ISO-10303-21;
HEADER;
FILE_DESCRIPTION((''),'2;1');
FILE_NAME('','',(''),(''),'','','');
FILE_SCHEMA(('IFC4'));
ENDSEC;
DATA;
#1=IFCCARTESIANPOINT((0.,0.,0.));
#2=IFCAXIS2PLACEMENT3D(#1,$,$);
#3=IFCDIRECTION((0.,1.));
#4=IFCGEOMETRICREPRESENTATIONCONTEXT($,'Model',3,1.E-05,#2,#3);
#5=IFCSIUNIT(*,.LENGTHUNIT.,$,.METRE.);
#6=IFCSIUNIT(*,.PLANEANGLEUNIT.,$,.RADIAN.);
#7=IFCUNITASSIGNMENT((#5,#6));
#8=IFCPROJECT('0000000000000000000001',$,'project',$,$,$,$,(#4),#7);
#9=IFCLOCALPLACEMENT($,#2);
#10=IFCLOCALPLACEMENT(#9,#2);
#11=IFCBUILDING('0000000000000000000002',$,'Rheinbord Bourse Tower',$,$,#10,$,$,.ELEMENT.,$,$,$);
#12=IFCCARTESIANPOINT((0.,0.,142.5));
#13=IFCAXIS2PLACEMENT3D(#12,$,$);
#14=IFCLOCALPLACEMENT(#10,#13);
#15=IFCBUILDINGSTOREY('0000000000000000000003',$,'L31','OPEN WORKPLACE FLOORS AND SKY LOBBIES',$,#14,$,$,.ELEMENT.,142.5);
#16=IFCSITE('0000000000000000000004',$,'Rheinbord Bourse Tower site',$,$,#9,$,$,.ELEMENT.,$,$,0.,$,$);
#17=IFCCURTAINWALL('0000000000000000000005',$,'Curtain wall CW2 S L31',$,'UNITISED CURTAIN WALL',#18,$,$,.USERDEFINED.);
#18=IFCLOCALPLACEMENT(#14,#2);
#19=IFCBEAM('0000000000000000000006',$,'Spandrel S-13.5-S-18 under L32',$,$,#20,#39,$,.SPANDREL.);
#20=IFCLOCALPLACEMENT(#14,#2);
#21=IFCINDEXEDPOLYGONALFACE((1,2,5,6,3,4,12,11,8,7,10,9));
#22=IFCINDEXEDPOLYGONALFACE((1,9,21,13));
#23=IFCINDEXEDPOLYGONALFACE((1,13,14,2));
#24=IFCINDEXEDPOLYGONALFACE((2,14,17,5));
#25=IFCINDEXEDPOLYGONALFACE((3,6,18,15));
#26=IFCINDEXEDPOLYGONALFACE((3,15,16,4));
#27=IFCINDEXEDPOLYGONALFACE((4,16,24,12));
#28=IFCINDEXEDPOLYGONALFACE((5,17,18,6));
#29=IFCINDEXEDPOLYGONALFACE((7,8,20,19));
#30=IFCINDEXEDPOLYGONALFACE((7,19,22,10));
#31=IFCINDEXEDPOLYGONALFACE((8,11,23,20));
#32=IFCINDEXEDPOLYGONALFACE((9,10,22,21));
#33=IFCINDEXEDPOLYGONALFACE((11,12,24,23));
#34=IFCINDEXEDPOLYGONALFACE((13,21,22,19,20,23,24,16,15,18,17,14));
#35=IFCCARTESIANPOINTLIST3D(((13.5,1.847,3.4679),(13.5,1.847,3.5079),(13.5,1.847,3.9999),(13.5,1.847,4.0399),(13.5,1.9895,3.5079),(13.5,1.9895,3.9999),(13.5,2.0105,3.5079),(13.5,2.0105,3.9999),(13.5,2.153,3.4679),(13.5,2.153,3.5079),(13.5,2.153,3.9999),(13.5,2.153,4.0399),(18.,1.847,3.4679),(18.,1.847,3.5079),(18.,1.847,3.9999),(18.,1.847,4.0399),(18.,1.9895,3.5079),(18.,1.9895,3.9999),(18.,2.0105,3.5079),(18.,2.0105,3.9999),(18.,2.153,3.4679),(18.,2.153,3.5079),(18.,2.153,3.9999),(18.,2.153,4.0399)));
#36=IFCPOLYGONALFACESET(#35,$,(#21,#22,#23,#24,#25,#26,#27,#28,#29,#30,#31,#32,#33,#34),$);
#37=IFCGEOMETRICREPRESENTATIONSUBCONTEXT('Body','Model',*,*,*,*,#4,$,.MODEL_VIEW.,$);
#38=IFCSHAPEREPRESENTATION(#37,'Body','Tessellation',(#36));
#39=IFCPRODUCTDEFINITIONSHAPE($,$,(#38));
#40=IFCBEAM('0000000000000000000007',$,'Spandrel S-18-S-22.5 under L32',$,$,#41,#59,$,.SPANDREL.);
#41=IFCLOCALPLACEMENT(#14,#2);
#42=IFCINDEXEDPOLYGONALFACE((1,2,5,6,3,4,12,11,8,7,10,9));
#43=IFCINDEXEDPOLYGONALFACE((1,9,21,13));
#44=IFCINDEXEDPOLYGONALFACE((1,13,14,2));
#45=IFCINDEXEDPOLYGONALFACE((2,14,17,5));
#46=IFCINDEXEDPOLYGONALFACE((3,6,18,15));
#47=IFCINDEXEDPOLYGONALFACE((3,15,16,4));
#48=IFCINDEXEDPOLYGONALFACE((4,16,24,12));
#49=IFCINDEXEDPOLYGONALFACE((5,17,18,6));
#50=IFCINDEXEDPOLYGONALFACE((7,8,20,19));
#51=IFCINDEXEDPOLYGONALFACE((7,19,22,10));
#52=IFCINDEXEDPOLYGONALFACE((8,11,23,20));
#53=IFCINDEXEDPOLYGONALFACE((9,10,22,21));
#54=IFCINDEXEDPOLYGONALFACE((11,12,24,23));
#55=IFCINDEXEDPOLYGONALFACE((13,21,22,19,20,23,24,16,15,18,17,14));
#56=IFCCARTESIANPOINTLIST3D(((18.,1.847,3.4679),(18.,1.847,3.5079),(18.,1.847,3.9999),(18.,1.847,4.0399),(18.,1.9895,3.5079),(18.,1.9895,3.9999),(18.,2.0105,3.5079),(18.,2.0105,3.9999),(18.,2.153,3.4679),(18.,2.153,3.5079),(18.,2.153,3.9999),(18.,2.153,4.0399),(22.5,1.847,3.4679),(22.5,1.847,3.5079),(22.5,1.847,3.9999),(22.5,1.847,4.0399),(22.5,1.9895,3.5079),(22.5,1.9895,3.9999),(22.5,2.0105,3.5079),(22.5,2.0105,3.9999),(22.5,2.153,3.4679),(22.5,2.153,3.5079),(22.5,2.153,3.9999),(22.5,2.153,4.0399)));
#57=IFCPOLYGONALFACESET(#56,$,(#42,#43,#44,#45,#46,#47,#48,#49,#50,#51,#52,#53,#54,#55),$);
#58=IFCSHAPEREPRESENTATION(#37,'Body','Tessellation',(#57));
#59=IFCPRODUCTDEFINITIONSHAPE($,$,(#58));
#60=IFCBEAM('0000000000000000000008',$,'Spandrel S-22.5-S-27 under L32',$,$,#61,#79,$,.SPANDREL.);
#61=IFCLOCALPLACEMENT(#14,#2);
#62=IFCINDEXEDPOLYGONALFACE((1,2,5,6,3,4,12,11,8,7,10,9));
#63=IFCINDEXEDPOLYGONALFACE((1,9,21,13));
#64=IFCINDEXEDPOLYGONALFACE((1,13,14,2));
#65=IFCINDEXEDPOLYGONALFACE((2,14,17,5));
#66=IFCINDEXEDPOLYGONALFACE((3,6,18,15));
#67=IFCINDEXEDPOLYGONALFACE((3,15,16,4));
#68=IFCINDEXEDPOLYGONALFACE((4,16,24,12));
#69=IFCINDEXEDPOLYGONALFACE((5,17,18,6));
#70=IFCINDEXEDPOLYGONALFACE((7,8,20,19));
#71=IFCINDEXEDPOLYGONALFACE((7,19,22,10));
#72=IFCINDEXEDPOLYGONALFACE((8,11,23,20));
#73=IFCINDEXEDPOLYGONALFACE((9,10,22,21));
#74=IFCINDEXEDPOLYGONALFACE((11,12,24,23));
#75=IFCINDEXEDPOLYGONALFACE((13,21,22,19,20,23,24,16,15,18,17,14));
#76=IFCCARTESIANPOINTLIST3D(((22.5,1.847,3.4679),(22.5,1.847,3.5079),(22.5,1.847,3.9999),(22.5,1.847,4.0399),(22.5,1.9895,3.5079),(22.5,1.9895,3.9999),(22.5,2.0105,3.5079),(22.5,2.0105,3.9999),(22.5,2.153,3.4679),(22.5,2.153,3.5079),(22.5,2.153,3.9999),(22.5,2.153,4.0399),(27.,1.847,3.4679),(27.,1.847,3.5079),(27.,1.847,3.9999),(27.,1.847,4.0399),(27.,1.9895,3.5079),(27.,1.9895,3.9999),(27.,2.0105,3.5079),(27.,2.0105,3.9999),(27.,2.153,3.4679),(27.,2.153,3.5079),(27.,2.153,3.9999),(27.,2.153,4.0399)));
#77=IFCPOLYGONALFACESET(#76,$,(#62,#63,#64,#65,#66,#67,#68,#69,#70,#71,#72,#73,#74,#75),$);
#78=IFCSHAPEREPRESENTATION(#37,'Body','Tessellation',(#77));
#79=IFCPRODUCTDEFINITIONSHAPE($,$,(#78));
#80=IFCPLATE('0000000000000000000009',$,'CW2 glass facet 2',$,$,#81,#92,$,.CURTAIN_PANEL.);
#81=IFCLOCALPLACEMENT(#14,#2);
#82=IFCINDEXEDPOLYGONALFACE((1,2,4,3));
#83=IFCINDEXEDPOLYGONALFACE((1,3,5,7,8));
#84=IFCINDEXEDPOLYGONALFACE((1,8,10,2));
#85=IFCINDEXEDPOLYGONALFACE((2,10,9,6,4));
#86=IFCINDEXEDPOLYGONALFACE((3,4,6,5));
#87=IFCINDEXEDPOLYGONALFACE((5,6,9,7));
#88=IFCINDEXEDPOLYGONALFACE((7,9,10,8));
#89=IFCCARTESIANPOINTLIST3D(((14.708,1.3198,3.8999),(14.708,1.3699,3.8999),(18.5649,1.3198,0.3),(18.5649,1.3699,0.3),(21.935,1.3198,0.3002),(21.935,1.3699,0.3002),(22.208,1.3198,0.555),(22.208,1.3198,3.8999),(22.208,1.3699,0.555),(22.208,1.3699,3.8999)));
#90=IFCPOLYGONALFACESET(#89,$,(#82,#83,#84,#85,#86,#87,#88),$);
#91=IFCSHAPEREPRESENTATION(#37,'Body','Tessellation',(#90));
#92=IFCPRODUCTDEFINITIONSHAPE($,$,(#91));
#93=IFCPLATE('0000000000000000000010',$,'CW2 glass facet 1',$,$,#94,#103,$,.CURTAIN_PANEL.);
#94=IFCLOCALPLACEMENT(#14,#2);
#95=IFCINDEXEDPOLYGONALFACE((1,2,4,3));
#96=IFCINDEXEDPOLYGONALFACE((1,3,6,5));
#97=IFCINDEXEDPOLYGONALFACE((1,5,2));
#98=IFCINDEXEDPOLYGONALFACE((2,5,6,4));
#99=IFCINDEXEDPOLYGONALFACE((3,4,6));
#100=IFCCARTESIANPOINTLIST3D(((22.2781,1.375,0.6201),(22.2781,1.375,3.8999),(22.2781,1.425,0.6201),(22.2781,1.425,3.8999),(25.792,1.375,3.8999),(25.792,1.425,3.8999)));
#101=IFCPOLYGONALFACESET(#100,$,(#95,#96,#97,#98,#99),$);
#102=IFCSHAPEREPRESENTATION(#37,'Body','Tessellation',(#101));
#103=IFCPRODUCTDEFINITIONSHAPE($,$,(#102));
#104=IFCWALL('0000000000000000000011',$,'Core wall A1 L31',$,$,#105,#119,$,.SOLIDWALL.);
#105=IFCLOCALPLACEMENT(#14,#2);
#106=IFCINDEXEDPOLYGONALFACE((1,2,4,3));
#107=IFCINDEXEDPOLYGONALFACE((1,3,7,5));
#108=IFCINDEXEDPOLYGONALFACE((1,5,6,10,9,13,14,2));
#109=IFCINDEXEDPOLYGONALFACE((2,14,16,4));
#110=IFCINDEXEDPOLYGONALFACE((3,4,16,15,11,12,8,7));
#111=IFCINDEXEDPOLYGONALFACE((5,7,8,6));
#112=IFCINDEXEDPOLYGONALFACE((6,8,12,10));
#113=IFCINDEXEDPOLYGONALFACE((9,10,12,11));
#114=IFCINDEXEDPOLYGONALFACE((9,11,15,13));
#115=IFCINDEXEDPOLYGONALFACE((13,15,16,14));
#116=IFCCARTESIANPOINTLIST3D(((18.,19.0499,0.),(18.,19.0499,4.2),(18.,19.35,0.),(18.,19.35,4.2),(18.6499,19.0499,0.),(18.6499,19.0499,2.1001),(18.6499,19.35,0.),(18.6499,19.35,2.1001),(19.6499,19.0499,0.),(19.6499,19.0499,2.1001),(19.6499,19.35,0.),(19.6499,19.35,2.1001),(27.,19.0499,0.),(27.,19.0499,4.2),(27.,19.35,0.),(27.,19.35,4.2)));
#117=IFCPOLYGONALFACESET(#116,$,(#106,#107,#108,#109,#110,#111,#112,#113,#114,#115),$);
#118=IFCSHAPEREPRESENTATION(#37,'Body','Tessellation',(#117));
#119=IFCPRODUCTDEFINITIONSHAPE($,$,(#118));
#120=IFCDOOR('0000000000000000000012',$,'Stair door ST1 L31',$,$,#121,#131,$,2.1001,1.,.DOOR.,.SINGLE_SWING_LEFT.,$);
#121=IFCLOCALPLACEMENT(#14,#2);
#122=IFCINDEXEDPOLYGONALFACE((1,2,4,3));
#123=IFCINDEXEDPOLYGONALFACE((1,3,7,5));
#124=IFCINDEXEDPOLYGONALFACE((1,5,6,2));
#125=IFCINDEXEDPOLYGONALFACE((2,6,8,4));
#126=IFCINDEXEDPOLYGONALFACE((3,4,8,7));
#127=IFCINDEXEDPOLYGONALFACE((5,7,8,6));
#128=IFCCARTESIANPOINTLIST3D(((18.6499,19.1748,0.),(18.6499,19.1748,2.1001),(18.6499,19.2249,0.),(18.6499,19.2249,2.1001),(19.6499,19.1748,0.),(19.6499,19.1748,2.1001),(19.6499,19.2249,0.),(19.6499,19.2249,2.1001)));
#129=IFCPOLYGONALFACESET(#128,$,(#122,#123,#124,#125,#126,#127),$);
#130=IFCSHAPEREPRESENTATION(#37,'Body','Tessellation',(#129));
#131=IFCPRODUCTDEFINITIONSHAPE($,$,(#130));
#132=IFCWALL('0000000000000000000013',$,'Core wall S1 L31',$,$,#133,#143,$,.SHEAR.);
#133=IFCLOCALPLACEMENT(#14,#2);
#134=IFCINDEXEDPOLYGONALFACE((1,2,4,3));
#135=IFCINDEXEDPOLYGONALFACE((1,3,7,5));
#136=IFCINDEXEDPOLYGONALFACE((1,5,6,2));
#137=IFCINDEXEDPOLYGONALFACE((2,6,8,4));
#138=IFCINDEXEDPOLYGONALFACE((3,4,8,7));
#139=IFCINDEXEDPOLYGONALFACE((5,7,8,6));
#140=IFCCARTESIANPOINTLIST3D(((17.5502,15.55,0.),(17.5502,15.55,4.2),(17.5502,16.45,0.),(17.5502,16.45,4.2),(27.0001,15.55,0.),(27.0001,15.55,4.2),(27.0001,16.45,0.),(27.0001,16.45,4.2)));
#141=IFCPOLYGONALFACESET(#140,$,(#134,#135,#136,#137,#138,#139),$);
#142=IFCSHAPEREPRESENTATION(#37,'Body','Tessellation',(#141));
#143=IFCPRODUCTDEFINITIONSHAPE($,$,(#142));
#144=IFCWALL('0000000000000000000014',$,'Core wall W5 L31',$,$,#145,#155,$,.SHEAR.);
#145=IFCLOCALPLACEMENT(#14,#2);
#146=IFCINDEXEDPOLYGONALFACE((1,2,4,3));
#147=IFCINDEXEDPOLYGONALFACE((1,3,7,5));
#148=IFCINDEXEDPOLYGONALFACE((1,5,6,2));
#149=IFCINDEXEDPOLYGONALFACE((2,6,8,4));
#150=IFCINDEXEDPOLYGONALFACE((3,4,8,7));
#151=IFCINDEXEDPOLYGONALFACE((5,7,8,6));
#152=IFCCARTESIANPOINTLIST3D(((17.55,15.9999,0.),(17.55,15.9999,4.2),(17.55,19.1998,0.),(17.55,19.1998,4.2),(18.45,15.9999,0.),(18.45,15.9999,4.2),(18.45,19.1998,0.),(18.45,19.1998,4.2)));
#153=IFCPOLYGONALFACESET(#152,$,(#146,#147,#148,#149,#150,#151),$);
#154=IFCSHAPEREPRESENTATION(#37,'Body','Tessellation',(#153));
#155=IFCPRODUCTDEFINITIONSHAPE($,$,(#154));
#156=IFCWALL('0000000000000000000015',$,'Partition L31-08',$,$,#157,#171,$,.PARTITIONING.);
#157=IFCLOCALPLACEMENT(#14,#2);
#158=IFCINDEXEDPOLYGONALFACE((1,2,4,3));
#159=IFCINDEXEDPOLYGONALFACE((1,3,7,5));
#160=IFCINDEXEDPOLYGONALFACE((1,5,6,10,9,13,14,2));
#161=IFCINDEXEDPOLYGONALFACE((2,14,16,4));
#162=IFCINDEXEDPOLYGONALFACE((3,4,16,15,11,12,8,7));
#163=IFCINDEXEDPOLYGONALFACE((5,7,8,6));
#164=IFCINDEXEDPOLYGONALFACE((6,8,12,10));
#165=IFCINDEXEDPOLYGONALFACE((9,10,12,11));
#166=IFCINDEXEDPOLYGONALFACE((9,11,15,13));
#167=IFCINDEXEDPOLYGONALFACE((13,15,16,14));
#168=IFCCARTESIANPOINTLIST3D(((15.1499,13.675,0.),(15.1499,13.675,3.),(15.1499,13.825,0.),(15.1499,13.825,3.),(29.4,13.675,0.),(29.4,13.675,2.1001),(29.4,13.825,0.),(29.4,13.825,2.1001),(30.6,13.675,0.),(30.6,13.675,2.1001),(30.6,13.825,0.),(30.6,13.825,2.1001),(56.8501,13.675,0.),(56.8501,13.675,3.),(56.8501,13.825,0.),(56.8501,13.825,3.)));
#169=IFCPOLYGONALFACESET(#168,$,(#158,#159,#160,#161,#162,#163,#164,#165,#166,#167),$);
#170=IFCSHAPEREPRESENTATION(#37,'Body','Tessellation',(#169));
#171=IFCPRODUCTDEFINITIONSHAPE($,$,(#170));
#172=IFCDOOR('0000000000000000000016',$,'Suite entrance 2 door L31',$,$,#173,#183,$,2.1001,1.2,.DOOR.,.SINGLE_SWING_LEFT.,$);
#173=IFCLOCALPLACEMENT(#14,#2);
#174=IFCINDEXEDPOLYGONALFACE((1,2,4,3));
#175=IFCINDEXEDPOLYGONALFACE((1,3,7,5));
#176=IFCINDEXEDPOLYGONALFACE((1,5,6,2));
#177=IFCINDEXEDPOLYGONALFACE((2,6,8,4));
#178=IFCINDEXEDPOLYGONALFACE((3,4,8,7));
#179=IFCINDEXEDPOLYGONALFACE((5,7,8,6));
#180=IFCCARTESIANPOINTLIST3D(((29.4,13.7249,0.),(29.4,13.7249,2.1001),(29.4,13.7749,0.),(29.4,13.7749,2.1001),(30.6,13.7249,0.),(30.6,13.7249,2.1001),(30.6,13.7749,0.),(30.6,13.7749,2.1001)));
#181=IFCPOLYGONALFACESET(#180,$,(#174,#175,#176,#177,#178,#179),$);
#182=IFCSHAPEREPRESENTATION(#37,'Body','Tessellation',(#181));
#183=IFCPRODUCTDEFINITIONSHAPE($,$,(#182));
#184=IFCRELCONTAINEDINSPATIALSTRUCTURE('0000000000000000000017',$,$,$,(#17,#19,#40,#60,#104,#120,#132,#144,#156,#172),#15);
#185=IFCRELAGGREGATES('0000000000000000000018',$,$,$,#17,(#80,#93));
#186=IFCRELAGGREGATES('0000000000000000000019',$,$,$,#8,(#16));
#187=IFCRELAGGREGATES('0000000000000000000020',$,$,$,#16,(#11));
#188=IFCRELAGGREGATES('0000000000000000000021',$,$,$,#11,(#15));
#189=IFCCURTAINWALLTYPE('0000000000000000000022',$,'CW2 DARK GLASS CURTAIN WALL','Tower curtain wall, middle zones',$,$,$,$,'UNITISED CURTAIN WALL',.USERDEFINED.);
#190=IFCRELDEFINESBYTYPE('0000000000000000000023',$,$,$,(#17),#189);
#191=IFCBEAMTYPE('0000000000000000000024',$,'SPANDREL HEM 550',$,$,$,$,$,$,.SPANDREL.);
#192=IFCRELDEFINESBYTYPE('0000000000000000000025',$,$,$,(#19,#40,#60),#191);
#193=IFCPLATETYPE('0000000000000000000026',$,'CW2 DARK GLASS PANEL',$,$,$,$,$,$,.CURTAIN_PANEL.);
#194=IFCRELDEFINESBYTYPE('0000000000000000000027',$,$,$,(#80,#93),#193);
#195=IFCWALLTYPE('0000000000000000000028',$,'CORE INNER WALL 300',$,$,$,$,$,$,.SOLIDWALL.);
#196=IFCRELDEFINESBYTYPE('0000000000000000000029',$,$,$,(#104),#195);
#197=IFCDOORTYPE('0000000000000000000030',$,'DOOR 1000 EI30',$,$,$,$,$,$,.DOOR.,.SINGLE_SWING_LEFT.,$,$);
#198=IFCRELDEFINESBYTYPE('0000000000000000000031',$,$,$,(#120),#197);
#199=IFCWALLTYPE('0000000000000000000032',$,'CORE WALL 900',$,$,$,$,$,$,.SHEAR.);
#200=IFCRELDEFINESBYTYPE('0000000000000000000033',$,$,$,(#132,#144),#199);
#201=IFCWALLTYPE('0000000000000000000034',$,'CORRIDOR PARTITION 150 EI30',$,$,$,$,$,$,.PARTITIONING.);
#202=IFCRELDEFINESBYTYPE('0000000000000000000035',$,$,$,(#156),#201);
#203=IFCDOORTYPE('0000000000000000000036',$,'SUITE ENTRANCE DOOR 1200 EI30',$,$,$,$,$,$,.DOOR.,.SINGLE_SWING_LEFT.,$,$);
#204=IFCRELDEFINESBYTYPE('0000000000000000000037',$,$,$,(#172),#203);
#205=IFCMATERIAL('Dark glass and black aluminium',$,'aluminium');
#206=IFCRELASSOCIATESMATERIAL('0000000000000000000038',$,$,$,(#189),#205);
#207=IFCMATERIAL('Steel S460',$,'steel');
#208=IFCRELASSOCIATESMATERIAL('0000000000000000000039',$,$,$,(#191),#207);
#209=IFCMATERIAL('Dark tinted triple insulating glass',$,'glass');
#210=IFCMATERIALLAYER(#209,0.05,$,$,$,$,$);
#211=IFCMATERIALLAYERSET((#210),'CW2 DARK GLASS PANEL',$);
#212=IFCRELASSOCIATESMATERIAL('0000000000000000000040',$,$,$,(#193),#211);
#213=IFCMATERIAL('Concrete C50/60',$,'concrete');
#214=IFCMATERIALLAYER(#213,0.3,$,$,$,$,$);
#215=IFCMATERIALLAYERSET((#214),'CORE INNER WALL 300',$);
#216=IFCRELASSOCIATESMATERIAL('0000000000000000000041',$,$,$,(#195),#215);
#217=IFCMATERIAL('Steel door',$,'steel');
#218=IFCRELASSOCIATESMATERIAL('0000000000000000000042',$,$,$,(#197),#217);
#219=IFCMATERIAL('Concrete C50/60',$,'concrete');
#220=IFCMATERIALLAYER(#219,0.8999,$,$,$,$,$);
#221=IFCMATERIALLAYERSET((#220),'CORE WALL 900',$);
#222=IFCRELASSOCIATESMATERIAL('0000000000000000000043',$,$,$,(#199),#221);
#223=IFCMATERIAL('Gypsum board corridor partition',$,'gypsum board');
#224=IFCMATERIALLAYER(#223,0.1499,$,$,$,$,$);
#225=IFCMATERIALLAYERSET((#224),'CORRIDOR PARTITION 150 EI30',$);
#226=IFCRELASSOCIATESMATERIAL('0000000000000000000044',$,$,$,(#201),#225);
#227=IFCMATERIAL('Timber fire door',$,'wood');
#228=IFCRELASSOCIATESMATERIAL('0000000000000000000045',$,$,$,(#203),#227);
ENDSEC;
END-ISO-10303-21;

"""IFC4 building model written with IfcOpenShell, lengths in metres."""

from ifc_helpers import new_model, si_unit, direction, frame, frame_2d, origin, origin_2d, place, context, subcontext, project, spatial, polyline, rectangle, i_section, outline, extrude, material, layer, layer_set, material_profile, profile_set, type_object, element, fill, aggregate, save


model = new_model("IFC4")

# Units and contexts
model_context = context("Model", 3, precision=1e-05, world=origin(), true_north=direction((0.0, 1.0)))
body_context = subcontext(model_context, "Body", "Model", "MODEL_VIEW")
ifc_project = project(units=[si_unit("LENGTHUNIT", "METRE"), si_unit("PLANEANGLEUNIT", "RADIAN")], contexts=[model_context])

# Site, building, storey
site_placement = place(None, origin())
site = spatial("IfcSite", under=ifc_project, at=site_placement, Name="Rheinbord Bourse Tower site", CompositionType="ELEMENT", RefElevation=0.0)
building_placement = place(site_placement, origin())
building = spatial("IfcBuilding", under=site, at=building_placement, Name="Rheinbord Bourse Tower", CompositionType="ELEMENT")
storey_placement = place(building_placement, frame((0.0, 0.0, 142.5)))
storey = spatial("IfcBuildingStorey", under=building, at=storey_placement, Name="L31", Description="OPEN WORKPLACE FLOORS AND SKY LOBBIES", CompositionType="ELEMENT", Elevation=142.5)

# Curtain wall
ifc_material_1 = material(Name="Dark glass and black aluminium", Category="aluminium")
curtain_wall_type = type_object("IfcCurtainWallType", Name="CW2 DARK GLASS CURTAIN WALL", Description="Tower curtain wall, middle zones", ElementType="UNITISED CURTAIN WALL", PredefinedType="USERDEFINED", material=ifc_material_1)
curtain_wall_placement = place(storey_placement, origin())
curtain_wall = element("IfcCurtainWall", 1, at=curtain_wall_placement, inside=storey, type_object=curtain_wall_type, Name="Curtain wall CW2 S L31", ObjectType="UNITISED CURTAIN WALL", PredefinedType="USERDEFINED")

# Beams
ifc_material_2 = material(Name="Steel S460", Category="steel")
ifc_material_profile_1 = material_profile(ifc_material_2, i_section(OverallWidth=0.3059, OverallDepth=0.572, WebThickness=0.021, FlangeThickness=0.04, at=origin_2d()), Name="HEM 550")
ifc_profile_set_1 = profile_set([ifc_material_profile_1], Name="Steel S460")
beam_type_1 = type_object("IfcBeamType", Name="SPANDREL HEM 550", PredefinedType="SPANDREL", material=ifc_profile_set_1)
for number, where, z_axis, x_axis, name in (
    (2, (13.5, 2.0, 3.7539), (1.0, 0.0, 0.0), (0.0, 1.0, 0.0), "Spandrel S-13.5-S-18 under L32"),
    (3, (18.0, 2.0, 3.7539), (1.0, 0.0, 0.0), (0.0, 1.0, 0.0), "Spandrel S-18-S-22.5 under L32"),
    (4, (22.5, 2.0, 3.7539), (1.0, 0.0, 0.0), (0.0, 1.0, 0.0), "Spandrel S-22.5-S-27 under L32"),
):
    element("IfcBeam", number, at=place(storey_placement, frame(where, z_axis=z_axis, x_axis=x_axis)), inside=storey, type_object=beam_type_1, Name=name, PredefinedType="SPANDREL", context=body_context, shape_type="SweptSolid", body=[
        extrude(i_section(OverallWidth=0.3059, OverallDepth=0.572, WebThickness=0.021, FlangeThickness=0.04, at=origin_2d()), origin(), (0.0, 0.0, 1.0), 4.5),
    ])

# Plates
ifc_material_3 = material(Name="Dark tinted triple insulating glass", Category="glass")
ifc_layer_1 = layer(ifc_material_3, 0.05)
ifc_layer_set_1 = layer_set([ifc_layer_1], Name="CW2 DARK GLASS PANEL")
plate_type = type_object("IfcPlateType", Name="CW2 DARK GLASS PANEL", PredefinedType="CURTAIN_PANEL", material=ifc_layer_set_1)
plate_1_placement = place(storey_placement, frame((18.5649, 1.3198, 0.3), z_axis=(0.0, 1.0, 0.0), x_axis=(-0.731051, 0.0, 0.682323)))
plate_1 = element("IfcPlate", 5, at=plate_1_placement, type_object=plate_type, Name="CW2 glass facet 2", PredefinedType="CURTAIN_PANEL", context=body_context, shape_type="SweptSolid", body=[
    extrude(outline(polyline([(0.0, 0.0), (5.2759, 0.0), (-0.207, 5.1174), (-2.4893, 2.6721), (-2.4636, 2.2996), (0.0, 0.0)])), origin(), (0.0, 0.0, 1.0), 0.05),
])
plate_2_placement = place(storey_placement, frame((22.2781, 1.375, 3.8999), z_axis=(0.0, 1.0, 0.0), x_axis=(1.0, 0.0, 0.0)))
plate_2 = element("IfcPlate", 6, at=plate_2_placement, type_object=plate_type, Name="CW2 glass facet 1", PredefinedType="CURTAIN_PANEL", context=body_context, shape_type="SweptSolid", body=[
    extrude(outline(polyline([(0.0, 0.0), (3.5139, 0.0), (0.0, 3.2798), (0.0, 0.0)])), origin(), (0.0, 0.0, 1.0), 0.05),
])
aggregate(curtain_wall, [plate_1, plate_2])

# Wall, opening, door
ifc_material_4 = material(Name="Concrete C50/60", Category="concrete")
ifc_layer_2 = layer(ifc_material_4, 0.3)
ifc_layer_set_2 = layer_set([ifc_layer_2], Name="CORE INNER WALL 300")
wall_type_1 = type_object("IfcWallType", Name="CORE INNER WALL 300", PredefinedType="SOLIDWALL", material=ifc_layer_set_2)
wall_1_placement = place(storey_placement, frame((18.0, 19.2, 0.0), z_axis=(0.0, 0.0, 1.0), x_axis=(1.0, 0.0, 0.0)))
wall_1 = element("IfcWall", 7, at=wall_1_placement, inside=storey, type_object=wall_type_1, Name="Core wall A1 L31", PredefinedType="SOLIDWALL", context=body_context, shape_type="SweptSolid", body=[
    extrude(rectangle(XDim=9.0, YDim=0.3, at=frame_2d((4.5, 0.0))), origin(), (0.0, 0.0, 1.0), 4.2),
])
opening_1_placement = place(wall_1_placement, frame((0.6499, 0.0, 0.0)))
opening_1 = element("IfcOpeningElement", 8, at=opening_1_placement, cuts=wall_1, PredefinedType="OPENING", context=body_context, shape_type="SweptSolid", body=[
    extrude(rectangle(XDim=1.0, YDim=2.1001, at=frame_2d((0.5, 1.05))), frame((0.0, 0.1599, 0.0), z_axis=(0.0, -1.0, 0.0), x_axis=(1.0, 0.0, 0.0)), (0.0, 0.0, 1.0), 0.3201),
])
ifc_material_5 = material(Name="Steel door", Category="steel")
door_type_1 = type_object("IfcDoorType", Name="DOOR 1000 EI30", OperationType="SINGLE_SWING_LEFT", PredefinedType="DOOR", material=ifc_material_5)
door_1_placement = place(opening_1_placement, origin())
door_1 = element("IfcDoor", 9, at=door_1_placement, inside=storey, type_object=door_type_1, Name="Stair door ST1 L31", OperationType="SINGLE_SWING_LEFT", OverallHeight=2.1001, OverallWidth=1.0, PredefinedType="DOOR", context=body_context, shape_type="SweptSolid", body=[
    extrude(rectangle(XDim=1.0, YDim=2.1001, at=frame_2d((0.5, 1.05))), frame((0.0, 0.0249, 0.0), z_axis=(0.0, -1.0, 0.0), x_axis=(1.0, 0.0, 0.0)), (0.0, 0.0, 1.0), 0.05),
])
fill(opening_1, door_1)

# Walls
ifc_material_6 = material(Name="Concrete C50/60", Category="concrete")
ifc_layer_3 = layer(ifc_material_6, 0.8999)
ifc_layer_set_3 = layer_set([ifc_layer_3], Name="CORE WALL 900")
wall_type_2 = type_object("IfcWallType", Name="CORE WALL 900", PredefinedType="SHEAR", material=ifc_layer_set_3)
wall_2_placement = place(storey_placement, frame((17.55, 16.0, 0.0), z_axis=(0.0, 0.0, 1.0), x_axis=(1.0, 0.0, 0.0)))
element("IfcWall", 10, at=wall_2_placement, inside=storey, type_object=wall_type_2, Name="Core wall S1 L31", PredefinedType="SHEAR", context=body_context, shape_type="SweptSolid", body=[
    extrude(rectangle(XDim=9.45, YDim=0.8999, at=frame_2d((4.7251, 0.0))), origin(), (0.0, 0.0, 1.0), 4.2),
])
wall_3_placement = place(storey_placement, frame((18.0, 19.2, 0.0), z_axis=(0.0, 0.0, 1.0), x_axis=(0.0, -1.0, 0.0)))
element("IfcWall", 11, at=wall_3_placement, inside=storey, type_object=wall_type_2, Name="Core wall W5 L31", PredefinedType="SHEAR", context=body_context, shape_type="SweptSolid", body=[
    extrude(rectangle(XDim=3.2, YDim=0.8999, at=frame_2d((1.6001, 0.0))), origin(), (0.0, 0.0, 1.0), 4.2),
])

# Wall, opening, door
ifc_material_7 = material(Name="Gypsum board corridor partition", Category="gypsum board")
ifc_layer_4 = layer(ifc_material_7, 0.1499)
ifc_layer_set_4 = layer_set([ifc_layer_4], Name="CORRIDOR PARTITION 150 EI30")
wall_type_3 = type_object("IfcWallType", Name="CORRIDOR PARTITION 150 EI30", PredefinedType="PARTITIONING", material=ifc_layer_set_4)
wall_4_placement = place(storey_placement, frame((15.1499, 13.75, 0.0), z_axis=(0.0, 0.0, 1.0), x_axis=(1.0, 0.0, 0.0)))
wall_4 = element("IfcWall", 12, at=wall_4_placement, inside=storey, type_object=wall_type_3, Name="Partition L31-08", PredefinedType="PARTITIONING", context=body_context, shape_type="SweptSolid", body=[
    extrude(rectangle(XDim=41.7002, YDim=0.1499, at=frame_2d((20.8501, 0.0))), origin(), (0.0, 0.0, 1.0), 3.0),
])
opening_2_placement = place(wall_4_placement, frame((14.25, 0.0, 0.0)))
opening_2 = element("IfcOpeningElement", 13, at=opening_2_placement, cuts=wall_4, PredefinedType="OPENING", context=body_context, shape_type="SweptSolid", body=[
    extrude(rectangle(XDim=1.2, YDim=2.1001, at=frame_2d((0.6001, 1.05))), frame((0.0, 0.085, 0.0), z_axis=(0.0, -1.0, 0.0), x_axis=(1.0, 0.0, 0.0)), (0.0, 0.0, 1.0), 0.1699),
])
ifc_material_8 = material(Name="Timber fire door", Category="wood")
door_type_2 = type_object("IfcDoorType", Name="SUITE ENTRANCE DOOR 1200 EI30", OperationType="SINGLE_SWING_LEFT", PredefinedType="DOOR", material=ifc_material_8)
door_2_placement = place(opening_2_placement, origin())
door_2 = element("IfcDoor", 14, at=door_2_placement, inside=storey, type_object=door_type_2, Name="Suite entrance 2 door L31", OperationType="SINGLE_SWING_LEFT", OverallHeight=2.1001, OverallWidth=1.2, PredefinedType="DOOR", context=body_context, shape_type="SweptSolid", body=[
    extrude(rectangle(XDim=1.2, YDim=2.1001, at=frame_2d((0.6001, 1.05))), frame((0.0, 0.0249, 0.0), z_axis=(0.0, -1.0, 0.0), x_axis=(1.0, 0.0, 0.0)), (0.0, 0.0, 1.0), 0.05),
])
fill(opening_2, door_2)

save(model, "model.ifc")
